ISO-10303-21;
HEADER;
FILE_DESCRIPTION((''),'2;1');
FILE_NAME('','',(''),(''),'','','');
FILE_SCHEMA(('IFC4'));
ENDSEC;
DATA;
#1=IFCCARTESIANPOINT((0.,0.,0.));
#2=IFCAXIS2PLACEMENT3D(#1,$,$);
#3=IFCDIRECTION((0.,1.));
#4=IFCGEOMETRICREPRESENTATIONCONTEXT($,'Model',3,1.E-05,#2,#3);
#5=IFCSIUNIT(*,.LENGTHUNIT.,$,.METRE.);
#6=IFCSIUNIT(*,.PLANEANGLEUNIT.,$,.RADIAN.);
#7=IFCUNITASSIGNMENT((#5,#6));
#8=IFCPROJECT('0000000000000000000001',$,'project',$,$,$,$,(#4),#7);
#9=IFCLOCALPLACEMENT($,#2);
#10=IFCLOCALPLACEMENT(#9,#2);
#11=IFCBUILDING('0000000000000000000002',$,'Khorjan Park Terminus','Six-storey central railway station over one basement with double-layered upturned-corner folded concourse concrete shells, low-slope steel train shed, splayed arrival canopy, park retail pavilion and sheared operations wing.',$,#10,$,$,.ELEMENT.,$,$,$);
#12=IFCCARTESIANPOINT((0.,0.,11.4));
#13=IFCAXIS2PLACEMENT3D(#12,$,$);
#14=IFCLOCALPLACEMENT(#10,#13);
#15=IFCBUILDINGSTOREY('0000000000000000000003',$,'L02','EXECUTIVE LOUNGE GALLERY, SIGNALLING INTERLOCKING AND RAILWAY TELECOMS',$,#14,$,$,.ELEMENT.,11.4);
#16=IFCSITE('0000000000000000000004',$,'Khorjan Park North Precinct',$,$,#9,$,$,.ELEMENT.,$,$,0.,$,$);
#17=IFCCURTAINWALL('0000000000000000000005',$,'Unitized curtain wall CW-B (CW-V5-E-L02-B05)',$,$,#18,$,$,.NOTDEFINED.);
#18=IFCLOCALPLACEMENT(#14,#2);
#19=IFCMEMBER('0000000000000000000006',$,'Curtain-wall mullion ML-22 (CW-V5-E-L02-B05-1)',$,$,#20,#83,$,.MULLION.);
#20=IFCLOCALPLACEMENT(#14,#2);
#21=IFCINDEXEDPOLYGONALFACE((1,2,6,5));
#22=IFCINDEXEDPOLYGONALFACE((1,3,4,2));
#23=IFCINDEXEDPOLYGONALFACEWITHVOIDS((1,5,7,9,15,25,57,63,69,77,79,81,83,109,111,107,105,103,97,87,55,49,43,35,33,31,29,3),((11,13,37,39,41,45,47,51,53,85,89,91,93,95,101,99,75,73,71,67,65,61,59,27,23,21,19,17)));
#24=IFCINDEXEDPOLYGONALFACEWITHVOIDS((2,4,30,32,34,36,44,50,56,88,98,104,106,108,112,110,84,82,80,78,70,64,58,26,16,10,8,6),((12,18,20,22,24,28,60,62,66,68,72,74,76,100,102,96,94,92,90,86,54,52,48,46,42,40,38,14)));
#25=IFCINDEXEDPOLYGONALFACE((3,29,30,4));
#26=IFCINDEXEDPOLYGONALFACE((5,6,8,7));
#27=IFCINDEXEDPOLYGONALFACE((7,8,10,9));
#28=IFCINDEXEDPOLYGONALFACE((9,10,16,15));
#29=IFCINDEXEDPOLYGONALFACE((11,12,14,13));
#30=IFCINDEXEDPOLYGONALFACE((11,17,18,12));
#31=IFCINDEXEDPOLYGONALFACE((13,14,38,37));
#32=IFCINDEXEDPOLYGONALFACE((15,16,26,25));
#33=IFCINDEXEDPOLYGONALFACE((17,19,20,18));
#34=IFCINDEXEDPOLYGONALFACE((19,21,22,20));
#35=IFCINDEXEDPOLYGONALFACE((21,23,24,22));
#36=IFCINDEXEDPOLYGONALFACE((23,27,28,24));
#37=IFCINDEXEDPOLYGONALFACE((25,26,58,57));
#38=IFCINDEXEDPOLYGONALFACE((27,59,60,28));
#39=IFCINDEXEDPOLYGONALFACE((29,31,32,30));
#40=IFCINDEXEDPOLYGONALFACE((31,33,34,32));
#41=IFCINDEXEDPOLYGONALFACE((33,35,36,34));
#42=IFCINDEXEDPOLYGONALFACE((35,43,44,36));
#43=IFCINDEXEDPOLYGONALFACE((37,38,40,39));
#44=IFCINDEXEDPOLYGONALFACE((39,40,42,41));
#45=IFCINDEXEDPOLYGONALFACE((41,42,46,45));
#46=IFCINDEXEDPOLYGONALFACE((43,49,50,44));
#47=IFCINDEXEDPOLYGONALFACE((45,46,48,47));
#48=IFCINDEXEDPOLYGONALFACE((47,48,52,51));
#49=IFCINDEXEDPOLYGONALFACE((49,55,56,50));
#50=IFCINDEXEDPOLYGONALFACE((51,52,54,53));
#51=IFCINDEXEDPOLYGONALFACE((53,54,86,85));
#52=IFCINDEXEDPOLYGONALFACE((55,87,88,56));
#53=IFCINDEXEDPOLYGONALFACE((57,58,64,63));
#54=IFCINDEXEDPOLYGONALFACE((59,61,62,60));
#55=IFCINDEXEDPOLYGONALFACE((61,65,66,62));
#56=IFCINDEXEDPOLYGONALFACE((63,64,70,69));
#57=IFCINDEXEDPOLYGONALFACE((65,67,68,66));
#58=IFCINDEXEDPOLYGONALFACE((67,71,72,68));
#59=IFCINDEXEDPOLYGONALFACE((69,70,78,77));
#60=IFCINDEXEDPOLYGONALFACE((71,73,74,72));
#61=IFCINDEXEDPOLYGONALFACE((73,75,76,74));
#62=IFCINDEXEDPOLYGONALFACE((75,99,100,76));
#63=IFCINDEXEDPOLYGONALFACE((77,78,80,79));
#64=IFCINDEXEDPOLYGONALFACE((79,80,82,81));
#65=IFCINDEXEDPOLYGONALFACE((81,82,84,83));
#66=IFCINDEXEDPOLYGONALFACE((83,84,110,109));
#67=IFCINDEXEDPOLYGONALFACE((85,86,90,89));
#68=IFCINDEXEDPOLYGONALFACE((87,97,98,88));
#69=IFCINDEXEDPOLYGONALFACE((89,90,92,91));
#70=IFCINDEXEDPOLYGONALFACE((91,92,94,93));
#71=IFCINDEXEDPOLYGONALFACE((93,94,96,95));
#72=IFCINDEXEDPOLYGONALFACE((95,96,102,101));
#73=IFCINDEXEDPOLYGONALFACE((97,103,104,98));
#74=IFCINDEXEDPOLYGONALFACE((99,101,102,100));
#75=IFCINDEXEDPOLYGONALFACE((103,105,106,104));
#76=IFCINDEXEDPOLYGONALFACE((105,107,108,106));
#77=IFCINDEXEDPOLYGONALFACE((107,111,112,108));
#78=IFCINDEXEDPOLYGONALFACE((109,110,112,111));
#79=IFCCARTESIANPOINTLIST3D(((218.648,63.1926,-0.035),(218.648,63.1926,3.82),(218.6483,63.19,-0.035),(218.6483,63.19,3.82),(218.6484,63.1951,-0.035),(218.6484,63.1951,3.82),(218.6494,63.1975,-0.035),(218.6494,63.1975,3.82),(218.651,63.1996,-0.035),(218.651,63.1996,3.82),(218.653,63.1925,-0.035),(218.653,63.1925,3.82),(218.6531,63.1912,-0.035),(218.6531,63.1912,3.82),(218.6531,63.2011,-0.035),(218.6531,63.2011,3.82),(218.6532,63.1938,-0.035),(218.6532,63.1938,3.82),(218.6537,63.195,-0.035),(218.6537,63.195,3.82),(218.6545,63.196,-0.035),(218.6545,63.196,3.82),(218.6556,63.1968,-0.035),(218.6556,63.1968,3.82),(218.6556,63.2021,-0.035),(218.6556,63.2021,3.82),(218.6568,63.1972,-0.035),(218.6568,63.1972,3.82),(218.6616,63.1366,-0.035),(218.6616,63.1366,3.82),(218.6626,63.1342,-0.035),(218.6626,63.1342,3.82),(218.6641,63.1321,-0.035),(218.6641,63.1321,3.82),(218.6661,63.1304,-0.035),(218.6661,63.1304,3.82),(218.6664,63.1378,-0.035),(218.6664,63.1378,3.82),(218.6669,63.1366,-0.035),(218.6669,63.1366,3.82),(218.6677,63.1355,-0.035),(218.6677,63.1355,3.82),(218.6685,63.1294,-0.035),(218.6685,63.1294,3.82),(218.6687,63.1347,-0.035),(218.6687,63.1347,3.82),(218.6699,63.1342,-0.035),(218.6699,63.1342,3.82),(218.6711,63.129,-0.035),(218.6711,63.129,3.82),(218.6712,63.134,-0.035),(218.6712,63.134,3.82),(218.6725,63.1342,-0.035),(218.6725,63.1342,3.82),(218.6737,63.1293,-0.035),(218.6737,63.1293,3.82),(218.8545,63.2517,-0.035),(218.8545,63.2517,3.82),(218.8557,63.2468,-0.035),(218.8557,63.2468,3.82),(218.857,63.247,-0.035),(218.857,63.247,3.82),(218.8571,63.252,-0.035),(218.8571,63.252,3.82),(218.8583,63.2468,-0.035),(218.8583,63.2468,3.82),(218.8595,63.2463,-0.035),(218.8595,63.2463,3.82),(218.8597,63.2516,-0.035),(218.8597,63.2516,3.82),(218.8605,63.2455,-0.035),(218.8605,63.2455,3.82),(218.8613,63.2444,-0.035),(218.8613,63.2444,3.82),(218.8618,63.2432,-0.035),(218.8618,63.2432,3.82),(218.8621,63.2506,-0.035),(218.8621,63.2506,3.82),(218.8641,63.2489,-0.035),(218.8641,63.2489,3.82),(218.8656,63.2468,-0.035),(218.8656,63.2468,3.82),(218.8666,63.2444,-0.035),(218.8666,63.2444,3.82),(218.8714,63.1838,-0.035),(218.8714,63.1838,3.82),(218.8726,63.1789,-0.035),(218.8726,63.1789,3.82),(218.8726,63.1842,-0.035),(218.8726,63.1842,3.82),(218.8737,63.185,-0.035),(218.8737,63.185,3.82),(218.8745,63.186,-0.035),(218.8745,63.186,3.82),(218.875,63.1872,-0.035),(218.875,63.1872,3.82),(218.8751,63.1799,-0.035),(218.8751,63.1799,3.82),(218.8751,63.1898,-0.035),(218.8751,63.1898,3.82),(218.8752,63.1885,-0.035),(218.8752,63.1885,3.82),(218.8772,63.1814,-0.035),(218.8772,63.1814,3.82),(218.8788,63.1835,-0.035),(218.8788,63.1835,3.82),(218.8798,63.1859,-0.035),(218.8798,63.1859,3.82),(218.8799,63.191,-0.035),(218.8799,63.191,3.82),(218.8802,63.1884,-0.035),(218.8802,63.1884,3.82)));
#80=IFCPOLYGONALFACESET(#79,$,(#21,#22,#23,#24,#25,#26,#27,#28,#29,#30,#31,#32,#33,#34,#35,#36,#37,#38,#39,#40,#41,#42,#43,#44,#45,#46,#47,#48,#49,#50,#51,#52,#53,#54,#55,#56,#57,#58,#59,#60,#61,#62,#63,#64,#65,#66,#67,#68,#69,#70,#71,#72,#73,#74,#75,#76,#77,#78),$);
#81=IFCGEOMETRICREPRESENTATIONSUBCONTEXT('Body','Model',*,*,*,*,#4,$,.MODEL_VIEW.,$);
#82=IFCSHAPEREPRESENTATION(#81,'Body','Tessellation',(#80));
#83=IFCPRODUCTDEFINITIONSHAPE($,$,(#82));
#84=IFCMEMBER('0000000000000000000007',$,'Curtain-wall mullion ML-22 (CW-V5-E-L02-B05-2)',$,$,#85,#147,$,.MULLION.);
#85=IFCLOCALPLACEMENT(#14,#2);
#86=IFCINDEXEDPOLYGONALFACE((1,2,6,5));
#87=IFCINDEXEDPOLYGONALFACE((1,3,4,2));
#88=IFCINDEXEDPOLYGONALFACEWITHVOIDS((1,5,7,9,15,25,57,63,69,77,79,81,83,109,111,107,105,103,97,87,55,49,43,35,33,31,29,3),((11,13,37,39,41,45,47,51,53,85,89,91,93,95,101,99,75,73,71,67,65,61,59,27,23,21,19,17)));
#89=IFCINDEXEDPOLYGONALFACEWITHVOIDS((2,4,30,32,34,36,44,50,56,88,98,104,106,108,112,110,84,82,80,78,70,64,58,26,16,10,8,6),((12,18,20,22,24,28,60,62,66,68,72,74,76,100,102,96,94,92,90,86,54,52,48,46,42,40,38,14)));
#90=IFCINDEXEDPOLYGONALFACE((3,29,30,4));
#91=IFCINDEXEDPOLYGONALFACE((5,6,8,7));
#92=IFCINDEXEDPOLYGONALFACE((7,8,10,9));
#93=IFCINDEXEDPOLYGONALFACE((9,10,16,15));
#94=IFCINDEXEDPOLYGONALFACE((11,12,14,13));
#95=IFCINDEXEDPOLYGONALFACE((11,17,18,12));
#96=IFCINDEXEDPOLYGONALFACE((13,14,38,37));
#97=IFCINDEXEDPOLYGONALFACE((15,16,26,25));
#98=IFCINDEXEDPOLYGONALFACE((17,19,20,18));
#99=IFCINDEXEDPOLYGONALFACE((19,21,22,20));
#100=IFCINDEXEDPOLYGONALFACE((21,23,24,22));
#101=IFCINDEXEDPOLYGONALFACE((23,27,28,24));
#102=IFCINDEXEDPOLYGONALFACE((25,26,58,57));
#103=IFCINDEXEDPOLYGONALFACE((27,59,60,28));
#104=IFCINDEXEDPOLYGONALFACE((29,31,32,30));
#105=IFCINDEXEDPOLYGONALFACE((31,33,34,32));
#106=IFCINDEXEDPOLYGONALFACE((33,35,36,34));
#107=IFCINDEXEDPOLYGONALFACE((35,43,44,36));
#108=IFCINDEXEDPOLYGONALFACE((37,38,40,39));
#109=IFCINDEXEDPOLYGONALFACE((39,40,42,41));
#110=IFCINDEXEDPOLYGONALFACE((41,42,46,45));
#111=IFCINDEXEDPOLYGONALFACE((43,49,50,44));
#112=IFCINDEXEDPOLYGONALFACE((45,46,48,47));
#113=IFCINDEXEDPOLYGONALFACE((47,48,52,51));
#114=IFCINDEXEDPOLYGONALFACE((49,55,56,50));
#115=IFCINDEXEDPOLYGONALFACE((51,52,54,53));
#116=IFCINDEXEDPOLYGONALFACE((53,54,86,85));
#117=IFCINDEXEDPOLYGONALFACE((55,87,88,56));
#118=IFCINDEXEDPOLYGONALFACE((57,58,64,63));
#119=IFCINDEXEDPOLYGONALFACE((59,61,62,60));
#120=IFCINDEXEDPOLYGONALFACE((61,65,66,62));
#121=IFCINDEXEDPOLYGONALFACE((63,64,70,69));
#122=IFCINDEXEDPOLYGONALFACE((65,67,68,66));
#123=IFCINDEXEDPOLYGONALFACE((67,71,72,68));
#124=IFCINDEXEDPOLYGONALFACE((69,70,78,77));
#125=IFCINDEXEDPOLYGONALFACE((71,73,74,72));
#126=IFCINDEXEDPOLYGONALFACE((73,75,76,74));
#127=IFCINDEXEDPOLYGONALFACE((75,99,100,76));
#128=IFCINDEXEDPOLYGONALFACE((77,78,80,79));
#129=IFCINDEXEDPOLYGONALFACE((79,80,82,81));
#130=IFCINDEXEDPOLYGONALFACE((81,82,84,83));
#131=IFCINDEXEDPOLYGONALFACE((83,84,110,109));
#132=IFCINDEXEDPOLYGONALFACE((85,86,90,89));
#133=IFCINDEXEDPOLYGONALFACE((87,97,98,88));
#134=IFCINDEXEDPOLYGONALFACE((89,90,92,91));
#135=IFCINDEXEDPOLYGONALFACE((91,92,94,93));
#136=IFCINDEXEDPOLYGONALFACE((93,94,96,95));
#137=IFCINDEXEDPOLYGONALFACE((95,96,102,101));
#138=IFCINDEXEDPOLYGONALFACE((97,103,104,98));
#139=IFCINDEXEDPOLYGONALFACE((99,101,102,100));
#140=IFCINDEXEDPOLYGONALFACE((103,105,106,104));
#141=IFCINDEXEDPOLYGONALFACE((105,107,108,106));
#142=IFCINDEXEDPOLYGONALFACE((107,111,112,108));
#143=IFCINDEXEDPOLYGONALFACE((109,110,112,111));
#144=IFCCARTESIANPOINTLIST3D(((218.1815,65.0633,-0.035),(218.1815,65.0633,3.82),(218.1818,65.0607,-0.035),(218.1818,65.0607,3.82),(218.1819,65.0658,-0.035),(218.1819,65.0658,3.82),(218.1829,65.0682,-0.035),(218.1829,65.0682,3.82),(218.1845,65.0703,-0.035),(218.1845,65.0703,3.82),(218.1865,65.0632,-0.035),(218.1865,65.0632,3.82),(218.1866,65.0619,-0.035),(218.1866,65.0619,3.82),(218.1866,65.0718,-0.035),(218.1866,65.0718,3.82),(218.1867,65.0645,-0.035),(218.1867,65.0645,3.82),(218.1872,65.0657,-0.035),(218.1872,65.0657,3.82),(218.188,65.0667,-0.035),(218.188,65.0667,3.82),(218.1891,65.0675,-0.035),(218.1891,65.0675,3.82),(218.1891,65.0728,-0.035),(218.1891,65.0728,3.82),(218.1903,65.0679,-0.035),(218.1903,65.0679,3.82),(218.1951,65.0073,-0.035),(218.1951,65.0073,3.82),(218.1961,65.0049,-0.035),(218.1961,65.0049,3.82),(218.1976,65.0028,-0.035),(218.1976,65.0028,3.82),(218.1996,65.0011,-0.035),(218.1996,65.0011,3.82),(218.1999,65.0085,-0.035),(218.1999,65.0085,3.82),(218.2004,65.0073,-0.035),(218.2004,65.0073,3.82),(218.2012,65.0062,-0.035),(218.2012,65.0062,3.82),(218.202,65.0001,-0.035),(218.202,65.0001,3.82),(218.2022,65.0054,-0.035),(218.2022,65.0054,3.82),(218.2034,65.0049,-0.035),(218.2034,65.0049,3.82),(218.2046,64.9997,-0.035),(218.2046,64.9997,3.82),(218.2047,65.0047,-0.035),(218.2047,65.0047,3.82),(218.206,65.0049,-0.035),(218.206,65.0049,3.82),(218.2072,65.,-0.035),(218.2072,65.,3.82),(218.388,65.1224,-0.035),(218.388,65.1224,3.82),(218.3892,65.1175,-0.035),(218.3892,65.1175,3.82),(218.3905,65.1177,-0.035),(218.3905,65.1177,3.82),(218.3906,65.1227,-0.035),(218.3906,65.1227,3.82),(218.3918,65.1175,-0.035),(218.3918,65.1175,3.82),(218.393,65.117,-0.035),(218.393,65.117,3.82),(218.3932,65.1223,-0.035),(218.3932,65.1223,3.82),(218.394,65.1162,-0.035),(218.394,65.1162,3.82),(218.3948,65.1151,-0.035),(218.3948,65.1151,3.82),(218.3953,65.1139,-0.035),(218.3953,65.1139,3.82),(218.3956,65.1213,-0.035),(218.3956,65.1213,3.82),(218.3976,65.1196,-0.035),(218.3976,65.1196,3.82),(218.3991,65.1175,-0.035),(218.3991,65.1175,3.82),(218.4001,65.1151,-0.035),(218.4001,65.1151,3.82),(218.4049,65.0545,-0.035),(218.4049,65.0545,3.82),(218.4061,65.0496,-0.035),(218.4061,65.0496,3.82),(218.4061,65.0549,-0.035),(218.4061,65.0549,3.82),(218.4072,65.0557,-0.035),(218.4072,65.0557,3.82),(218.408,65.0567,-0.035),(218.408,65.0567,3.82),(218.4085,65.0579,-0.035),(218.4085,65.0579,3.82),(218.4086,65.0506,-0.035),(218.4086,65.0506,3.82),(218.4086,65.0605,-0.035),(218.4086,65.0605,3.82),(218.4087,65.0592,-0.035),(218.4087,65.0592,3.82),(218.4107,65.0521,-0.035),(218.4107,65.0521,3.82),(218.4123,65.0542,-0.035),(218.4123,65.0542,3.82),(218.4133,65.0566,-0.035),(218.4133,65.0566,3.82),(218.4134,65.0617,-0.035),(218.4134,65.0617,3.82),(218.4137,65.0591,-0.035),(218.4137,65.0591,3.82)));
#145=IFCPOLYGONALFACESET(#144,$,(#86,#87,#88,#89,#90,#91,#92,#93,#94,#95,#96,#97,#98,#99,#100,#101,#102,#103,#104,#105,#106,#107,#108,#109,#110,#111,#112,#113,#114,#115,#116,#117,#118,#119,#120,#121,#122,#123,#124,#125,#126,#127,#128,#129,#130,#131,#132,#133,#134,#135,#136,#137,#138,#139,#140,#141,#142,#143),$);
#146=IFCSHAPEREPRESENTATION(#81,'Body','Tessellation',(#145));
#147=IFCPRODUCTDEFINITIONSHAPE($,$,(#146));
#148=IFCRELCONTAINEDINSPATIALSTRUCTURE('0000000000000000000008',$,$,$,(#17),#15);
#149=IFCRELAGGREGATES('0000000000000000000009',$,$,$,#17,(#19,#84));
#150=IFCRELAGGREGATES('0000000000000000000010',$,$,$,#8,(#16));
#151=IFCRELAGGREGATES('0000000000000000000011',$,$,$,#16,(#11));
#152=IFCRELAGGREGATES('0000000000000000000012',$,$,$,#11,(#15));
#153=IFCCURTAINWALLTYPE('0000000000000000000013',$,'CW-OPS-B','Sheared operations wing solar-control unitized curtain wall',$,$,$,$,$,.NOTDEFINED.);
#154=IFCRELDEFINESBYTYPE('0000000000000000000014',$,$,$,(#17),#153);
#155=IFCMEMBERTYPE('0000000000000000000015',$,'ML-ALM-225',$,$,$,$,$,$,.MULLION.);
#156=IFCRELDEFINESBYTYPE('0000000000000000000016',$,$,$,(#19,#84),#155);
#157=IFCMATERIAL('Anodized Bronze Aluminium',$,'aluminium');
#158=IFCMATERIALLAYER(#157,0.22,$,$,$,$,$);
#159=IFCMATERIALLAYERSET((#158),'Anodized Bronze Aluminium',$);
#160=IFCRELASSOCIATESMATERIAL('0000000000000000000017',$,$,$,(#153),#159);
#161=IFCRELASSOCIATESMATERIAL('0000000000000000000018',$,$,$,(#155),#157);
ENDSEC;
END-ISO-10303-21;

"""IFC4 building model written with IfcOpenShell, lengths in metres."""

from ifc_helpers import new_model, si_unit, direction, frame, origin, origin_2d, place, context, subcontext, project, spatial, hollow_rectangle, extrude, material, layer, layer_set, material_profile, profile_set, type_object, element, aggregate, save


model = new_model("IFC4")

# Units and contexts
model_context = context("Model", 3, precision=1e-05, world=origin(), true_north=direction((0.0, 1.0)))
body_context = subcontext(model_context, "Body", "Model", "MODEL_VIEW")
ifc_project = project(units=[si_unit("LENGTHUNIT", "METRE"), si_unit("PLANEANGLEUNIT", "RADIAN")], contexts=[model_context])

# Site, building, storey
site_placement = place(None, origin())
site = spatial("IfcSite", under=ifc_project, at=site_placement, Name="Khorjan Park North Precinct", CompositionType="ELEMENT", RefElevation=0.0)
building_placement = place(site_placement, origin())
building = spatial("IfcBuilding", under=site, at=building_placement, Name="Khorjan Park Terminus", Description="Six-storey central railway station over one basement with double-layered upturned-corner folded concourse concrete shells, low-slope steel train shed, splayed arrival canopy, park retail pavilion and sheared operations wing.", CompositionType="ELEMENT")
storey_placement = place(building_placement, frame((0.0, 0.0, 11.4)))
storey = spatial("IfcBuildingStorey", under=building, at=storey_placement, Name="L02", Description="EXECUTIVE LOUNGE GALLERY, SIGNALLING INTERLOCKING AND RAILWAY TELECOMS", CompositionType="ELEMENT", Elevation=11.4)

# Curtain wall, members
ifc_material_1 = material(Name="Anodized Bronze Aluminium", Category="aluminium")
ifc_layer_1 = layer(ifc_material_1, 0.22)
ifc_layer_set_1 = layer_set([ifc_layer_1], Name="Anodized Bronze Aluminium")
curtain_wall_type = type_object("IfcCurtainWallType", Name="CW-OPS-B", Description="Sheared operations wing solar-control unitized curtain wall", PredefinedType="NOTDEFINED", material=ifc_layer_set_1)
curtain_wall_placement = place(storey_placement, origin())
curtain_wall = element("IfcCurtainWall", 1, at=curtain_wall_placement, inside=storey, type_object=curtain_wall_type, Name="Unitized curtain wall CW-B (CW-V5-E-L02-B05)", PredefinedType="NOTDEFINED")
ifc_material_profile_1 = material_profile(ifc_material_1, hollow_rectangle(XDim=0.075, YDim=0.225, WallThickness=0.005, InnerFilletRadius=0.005, OuterFilletRadius=0.01, at=origin_2d()), Name="ALM 75x225x5")
ifc_profile_set_1 = profile_set([ifc_material_profile_1], Name="Anodized Bronze Aluminium")
member_type_1 = type_object("IfcMemberType", Name="ML-ALM-225", PredefinedType="MULLION", material=ifc_profile_set_1)
member_1_placement = place(storey_placement, frame((218.7641, 63.1905, -0.035), z_axis=(0.0, 0.0, 1.0), x_axis=(-0.241935, 0.970292, 0.0)))
member_1 = element("IfcMember", 2, at=member_1_placement, type_object=member_type_1, Name="Curtain-wall mullion ML-22 (CW-V5-E-L02-B05-1)", PredefinedType="MULLION", context=body_context, shape_type="SweptSolid", body=[
    extrude(hollow_rectangle(XDim=0.075, YDim=0.225, WallThickness=0.005, InnerFilletRadius=0.005, OuterFilletRadius=0.01, at=origin_2d()), origin(), (0.0, 0.0, 1.0), 3.855),
])
member_2_placement = place(storey_placement, frame((218.2976, 65.0612, -0.035), z_axis=(0.0, 0.0, 1.0), x_axis=(-0.241935, 0.970292, 0.0)))
member_2 = element("IfcMember", 3, at=member_2_placement, type_object=member_type_1, Name="Curtain-wall mullion ML-22 (CW-V5-E-L02-B05-2)", PredefinedType="MULLION", context=body_context, shape_type="SweptSolid", body=[
    extrude(hollow_rectangle(XDim=0.075, YDim=0.225, WallThickness=0.005, InnerFilletRadius=0.005, OuterFilletRadius=0.01, at=origin_2d()), origin(), (0.0, 0.0, 1.0), 3.855),
])
aggregate(curtain_wall, [member_1, member_2])

save(model, "model.ifc")
